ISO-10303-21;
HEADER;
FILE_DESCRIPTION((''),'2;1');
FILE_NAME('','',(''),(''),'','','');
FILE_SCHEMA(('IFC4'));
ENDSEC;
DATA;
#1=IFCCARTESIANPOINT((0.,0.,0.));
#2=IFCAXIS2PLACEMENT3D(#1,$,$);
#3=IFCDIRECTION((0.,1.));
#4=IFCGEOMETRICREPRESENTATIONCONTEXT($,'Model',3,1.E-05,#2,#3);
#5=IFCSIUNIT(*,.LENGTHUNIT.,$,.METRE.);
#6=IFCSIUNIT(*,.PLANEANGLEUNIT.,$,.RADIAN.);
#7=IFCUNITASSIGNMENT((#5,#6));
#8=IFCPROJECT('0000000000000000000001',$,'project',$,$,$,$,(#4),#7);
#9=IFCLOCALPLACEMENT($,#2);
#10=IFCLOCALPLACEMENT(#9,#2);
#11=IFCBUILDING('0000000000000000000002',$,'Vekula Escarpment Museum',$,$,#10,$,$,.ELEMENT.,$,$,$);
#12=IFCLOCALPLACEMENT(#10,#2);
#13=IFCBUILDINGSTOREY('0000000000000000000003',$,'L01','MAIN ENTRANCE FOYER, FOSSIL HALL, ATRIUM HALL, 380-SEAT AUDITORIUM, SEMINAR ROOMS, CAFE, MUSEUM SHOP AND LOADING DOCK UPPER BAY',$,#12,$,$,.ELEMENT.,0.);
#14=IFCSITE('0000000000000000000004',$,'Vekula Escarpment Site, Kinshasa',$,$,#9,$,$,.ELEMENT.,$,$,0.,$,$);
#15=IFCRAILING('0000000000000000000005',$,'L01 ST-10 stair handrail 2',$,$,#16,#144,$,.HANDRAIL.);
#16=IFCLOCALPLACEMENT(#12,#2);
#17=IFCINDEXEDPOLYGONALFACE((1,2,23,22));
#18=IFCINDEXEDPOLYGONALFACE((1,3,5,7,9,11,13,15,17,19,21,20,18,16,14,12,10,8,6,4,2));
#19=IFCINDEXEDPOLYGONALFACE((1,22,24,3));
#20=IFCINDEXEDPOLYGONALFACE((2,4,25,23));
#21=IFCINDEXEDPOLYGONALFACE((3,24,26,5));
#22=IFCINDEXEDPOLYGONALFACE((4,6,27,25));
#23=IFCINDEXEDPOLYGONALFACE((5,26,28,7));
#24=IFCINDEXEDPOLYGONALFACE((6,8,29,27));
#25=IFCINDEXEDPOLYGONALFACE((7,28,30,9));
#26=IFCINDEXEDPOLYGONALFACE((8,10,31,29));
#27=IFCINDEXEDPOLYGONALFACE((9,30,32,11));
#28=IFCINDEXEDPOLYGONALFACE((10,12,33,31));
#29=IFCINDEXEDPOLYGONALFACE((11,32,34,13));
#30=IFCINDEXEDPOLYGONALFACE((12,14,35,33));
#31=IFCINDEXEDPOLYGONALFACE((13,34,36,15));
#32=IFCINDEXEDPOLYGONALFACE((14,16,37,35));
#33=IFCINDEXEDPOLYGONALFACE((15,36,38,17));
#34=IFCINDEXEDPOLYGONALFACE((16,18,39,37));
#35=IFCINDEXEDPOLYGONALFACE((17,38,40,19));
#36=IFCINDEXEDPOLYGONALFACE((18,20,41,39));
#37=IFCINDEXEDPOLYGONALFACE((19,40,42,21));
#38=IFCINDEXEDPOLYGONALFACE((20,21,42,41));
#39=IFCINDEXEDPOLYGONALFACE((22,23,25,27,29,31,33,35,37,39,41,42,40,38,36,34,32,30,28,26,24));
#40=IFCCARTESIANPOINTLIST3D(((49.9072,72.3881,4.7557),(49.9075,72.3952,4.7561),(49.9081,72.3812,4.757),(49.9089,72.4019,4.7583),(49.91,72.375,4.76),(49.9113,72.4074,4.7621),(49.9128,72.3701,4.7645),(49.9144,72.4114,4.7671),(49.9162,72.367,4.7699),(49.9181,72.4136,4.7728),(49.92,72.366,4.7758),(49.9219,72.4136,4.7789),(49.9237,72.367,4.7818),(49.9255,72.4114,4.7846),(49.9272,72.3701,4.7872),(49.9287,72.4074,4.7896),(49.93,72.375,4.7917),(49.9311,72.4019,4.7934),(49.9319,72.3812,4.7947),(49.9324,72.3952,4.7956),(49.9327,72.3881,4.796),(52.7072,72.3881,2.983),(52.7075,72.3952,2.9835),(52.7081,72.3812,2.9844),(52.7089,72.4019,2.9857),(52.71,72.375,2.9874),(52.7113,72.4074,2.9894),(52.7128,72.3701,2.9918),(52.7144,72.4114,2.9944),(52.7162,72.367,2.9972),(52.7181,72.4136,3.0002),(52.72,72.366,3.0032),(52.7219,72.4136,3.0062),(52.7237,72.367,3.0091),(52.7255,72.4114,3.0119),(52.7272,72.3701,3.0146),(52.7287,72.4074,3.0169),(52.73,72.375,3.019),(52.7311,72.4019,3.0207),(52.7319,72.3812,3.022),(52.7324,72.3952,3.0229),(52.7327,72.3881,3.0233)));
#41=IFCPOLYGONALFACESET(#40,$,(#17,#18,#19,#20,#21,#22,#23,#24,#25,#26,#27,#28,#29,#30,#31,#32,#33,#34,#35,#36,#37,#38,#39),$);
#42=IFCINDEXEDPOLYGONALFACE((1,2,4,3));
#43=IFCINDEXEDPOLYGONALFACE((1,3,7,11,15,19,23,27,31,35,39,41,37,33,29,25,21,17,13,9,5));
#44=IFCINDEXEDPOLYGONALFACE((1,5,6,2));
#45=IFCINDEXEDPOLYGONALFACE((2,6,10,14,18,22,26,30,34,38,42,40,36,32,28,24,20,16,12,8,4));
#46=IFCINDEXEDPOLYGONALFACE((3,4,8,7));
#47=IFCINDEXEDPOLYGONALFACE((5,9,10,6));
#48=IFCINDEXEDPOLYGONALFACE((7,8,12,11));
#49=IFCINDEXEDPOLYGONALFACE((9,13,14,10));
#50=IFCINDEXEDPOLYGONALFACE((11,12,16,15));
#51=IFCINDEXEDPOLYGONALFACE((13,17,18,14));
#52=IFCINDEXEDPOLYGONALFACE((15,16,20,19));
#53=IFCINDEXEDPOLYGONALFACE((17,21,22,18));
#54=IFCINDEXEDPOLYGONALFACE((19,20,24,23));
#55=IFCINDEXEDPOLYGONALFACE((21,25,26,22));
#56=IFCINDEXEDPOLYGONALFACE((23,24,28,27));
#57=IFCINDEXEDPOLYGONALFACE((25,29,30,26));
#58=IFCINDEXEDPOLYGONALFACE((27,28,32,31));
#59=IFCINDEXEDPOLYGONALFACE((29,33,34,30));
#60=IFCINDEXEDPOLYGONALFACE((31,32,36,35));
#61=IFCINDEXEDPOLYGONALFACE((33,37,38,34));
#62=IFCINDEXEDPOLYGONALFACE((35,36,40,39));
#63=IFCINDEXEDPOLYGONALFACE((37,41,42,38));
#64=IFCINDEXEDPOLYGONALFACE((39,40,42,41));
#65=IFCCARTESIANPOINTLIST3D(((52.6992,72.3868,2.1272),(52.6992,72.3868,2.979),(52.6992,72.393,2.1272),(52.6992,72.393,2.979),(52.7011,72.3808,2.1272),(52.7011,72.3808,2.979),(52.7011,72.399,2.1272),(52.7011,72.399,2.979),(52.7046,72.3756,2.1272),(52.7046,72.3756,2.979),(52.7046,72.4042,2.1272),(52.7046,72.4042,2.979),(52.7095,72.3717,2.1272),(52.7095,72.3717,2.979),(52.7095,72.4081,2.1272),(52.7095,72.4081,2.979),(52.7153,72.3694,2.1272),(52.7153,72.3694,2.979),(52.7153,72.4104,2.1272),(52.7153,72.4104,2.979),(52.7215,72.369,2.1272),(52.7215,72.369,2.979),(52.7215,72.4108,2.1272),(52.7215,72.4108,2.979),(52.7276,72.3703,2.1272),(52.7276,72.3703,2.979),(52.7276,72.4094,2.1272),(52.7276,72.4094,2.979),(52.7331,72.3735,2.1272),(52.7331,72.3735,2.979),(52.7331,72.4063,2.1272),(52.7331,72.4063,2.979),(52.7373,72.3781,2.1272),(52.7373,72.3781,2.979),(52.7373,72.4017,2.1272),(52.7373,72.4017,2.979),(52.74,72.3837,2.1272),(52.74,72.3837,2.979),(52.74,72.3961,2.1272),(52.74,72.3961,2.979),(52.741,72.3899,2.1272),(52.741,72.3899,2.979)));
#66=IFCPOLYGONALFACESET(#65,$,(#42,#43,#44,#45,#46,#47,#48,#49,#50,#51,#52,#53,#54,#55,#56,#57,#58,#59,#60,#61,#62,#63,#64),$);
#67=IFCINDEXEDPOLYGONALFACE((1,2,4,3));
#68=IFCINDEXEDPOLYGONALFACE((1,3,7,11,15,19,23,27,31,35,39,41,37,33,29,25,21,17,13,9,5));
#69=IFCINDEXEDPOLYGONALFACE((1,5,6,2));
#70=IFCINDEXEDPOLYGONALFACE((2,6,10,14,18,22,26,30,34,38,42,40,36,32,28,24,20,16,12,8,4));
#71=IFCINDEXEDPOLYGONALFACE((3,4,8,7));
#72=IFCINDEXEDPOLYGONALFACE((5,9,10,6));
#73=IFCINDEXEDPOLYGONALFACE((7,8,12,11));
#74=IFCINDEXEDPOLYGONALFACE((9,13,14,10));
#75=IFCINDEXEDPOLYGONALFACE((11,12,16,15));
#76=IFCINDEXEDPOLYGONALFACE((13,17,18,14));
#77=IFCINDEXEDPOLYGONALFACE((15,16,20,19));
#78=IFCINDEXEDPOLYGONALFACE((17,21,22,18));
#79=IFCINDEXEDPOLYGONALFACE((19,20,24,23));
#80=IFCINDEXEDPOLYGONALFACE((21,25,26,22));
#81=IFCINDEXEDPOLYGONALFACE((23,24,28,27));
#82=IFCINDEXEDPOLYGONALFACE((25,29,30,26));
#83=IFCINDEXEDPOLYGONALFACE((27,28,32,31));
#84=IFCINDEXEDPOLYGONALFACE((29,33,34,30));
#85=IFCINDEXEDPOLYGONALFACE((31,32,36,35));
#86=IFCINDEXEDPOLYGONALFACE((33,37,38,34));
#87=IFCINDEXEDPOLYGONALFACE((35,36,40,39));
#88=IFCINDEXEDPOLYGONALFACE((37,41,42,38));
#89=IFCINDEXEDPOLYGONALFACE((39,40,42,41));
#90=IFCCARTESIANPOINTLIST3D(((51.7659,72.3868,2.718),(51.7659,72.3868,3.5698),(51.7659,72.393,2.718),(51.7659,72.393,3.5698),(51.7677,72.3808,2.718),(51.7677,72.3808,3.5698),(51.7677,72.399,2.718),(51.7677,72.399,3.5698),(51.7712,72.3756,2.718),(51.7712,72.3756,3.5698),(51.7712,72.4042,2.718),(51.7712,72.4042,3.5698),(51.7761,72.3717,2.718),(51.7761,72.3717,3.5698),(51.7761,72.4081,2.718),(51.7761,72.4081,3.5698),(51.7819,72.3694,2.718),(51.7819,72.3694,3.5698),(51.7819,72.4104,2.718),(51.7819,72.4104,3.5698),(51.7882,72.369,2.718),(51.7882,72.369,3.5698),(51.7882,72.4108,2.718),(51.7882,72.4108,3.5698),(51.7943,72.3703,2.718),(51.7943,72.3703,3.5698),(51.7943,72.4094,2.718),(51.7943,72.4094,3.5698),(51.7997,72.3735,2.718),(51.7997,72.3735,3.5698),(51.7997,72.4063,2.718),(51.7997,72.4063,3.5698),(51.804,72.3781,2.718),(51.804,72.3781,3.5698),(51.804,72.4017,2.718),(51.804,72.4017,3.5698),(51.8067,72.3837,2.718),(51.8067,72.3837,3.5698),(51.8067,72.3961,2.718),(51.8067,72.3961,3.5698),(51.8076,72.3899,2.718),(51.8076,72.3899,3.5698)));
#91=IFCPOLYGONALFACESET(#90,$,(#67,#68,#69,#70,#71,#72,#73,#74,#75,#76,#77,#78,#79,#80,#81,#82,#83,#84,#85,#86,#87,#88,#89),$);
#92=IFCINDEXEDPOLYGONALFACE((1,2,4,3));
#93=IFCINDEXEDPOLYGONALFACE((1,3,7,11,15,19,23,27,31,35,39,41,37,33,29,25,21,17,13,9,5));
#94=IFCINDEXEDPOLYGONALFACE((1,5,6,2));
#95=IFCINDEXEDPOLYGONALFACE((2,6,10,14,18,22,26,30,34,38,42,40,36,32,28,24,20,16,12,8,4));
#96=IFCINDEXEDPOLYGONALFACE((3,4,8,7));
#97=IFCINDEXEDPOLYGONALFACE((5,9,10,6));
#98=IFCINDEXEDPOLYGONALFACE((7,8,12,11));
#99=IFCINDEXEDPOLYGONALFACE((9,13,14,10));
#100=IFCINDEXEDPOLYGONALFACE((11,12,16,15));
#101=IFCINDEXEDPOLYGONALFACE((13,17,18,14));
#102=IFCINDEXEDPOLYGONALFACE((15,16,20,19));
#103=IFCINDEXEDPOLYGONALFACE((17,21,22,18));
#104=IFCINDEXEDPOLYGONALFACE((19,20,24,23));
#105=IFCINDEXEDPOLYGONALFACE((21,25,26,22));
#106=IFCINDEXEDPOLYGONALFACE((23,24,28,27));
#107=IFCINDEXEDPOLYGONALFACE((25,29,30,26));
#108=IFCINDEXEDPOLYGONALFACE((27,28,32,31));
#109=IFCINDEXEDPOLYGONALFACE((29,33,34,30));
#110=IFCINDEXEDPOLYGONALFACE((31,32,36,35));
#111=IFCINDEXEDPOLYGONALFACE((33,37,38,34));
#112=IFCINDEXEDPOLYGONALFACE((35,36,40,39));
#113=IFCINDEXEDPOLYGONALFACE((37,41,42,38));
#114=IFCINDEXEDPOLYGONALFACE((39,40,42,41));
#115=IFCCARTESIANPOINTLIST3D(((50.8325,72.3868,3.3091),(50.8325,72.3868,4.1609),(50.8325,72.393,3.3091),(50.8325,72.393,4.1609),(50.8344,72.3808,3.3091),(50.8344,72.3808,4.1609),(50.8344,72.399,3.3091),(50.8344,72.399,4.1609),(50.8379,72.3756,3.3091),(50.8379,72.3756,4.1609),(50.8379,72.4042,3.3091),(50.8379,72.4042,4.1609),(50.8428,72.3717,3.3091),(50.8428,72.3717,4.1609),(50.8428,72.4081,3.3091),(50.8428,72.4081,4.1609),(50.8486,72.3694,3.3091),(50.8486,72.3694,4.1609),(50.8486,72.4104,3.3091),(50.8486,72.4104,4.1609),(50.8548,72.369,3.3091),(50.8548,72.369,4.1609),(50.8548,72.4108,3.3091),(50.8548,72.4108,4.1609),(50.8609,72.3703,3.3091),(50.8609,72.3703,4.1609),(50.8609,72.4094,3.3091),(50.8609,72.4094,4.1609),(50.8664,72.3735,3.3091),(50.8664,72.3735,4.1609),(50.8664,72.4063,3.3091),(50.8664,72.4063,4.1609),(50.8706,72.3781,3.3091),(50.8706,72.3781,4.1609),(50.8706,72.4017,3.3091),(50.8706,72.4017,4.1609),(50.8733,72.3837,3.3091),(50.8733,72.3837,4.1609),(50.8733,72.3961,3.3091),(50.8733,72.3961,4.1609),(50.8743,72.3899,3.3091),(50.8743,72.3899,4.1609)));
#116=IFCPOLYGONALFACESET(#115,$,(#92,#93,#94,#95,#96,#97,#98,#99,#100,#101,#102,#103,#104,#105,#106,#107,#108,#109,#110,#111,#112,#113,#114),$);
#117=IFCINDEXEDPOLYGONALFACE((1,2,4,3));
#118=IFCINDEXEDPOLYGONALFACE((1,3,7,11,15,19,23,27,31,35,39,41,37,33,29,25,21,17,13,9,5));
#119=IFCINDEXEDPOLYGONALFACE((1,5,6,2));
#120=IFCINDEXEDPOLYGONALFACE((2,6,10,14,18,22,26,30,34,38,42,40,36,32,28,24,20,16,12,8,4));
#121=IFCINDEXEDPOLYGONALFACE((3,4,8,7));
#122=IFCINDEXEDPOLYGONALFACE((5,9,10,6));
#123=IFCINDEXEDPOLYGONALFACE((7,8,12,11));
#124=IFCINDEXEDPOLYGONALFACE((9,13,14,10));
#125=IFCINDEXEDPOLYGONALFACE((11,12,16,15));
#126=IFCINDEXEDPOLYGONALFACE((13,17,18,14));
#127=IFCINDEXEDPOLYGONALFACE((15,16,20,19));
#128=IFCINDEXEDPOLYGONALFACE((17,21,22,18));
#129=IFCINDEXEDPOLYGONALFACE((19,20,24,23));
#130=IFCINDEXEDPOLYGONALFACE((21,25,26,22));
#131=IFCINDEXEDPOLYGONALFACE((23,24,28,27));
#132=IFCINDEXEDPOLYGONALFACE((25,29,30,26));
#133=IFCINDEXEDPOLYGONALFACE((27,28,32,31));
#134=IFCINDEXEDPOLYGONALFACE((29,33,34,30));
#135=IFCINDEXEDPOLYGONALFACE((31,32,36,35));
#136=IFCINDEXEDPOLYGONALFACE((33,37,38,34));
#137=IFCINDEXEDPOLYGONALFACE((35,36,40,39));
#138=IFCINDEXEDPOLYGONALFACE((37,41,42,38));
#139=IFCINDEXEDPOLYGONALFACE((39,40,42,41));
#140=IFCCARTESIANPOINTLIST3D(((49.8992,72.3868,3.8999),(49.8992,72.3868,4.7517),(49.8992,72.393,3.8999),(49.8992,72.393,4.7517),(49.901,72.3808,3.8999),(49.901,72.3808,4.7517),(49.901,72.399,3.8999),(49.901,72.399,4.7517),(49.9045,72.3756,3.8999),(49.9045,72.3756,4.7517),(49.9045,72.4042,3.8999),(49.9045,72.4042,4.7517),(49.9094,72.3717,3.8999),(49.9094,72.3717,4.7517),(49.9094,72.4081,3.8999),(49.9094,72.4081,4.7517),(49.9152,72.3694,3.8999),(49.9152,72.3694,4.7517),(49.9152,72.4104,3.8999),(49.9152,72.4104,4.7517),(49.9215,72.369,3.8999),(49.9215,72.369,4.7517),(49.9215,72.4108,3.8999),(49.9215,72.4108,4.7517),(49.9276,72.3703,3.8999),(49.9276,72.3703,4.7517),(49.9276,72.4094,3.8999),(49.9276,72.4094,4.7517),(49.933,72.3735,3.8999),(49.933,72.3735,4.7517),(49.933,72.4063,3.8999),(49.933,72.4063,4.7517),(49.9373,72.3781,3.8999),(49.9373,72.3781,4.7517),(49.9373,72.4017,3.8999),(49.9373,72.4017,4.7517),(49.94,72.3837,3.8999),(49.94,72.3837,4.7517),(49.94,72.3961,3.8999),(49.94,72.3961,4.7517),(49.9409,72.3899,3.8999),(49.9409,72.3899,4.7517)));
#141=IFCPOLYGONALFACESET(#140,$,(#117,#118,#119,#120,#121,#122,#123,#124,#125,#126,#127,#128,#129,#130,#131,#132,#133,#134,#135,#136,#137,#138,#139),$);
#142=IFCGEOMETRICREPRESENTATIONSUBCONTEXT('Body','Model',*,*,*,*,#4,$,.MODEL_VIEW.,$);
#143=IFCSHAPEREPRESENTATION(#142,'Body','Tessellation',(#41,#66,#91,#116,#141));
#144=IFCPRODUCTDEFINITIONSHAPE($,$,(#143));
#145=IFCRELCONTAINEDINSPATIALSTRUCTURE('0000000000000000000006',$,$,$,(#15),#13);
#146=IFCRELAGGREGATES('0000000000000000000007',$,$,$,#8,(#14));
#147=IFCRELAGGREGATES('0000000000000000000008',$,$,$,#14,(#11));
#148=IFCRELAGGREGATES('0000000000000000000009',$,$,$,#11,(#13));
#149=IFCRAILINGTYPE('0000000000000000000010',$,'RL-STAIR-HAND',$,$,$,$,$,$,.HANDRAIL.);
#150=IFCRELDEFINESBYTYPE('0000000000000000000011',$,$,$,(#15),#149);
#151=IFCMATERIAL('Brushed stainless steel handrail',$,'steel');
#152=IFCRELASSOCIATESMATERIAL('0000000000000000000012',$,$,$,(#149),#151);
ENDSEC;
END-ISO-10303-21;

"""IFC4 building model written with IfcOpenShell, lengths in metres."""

from ifc_helpers import new_model, si_unit, direction, frame, origin, origin_2d, place, context, subcontext, project, spatial, circle, extrude, material, type_object, element, save


model = new_model("IFC4")

# Units and contexts
model_context = context("Model", 3, precision=1e-05, world=origin(), true_north=direction((0.0, 1.0)))
body_context = subcontext(model_context, "Body", "Model", "MODEL_VIEW")
ifc_project = project(units=[si_unit("LENGTHUNIT", "METRE"), si_unit("PLANEANGLEUNIT", "RADIAN")], contexts=[model_context])

# Site, building, storey
site_placement = place(None, origin())
site = spatial("IfcSite", under=ifc_project, at=site_placement, Name="Vekula Escarpment Site, Kinshasa", CompositionType="ELEMENT", RefElevation=0.0)
building_placement = place(site_placement, origin())
building = spatial("IfcBuilding", under=site, at=building_placement, Name="Vekula Escarpment Museum", CompositionType="ELEMENT")
storey_placement = place(building_placement, origin())
storey = spatial("IfcBuildingStorey", under=building, at=storey_placement, Name="L01", Description="MAIN ENTRANCE FOYER, FOSSIL HALL, ATRIUM HALL, 380-SEAT AUDITORIUM, SEMINAR ROOMS, CAFE, MUSEUM SHOP AND LOADING DOCK UPPER BAY", CompositionType="ELEMENT", Elevation=0.0)

# Railing
ifc_material_1 = material(Name="Brushed stainless steel handrail", Category="steel")
railing_type_1 = type_object("IfcRailingType", Name="RL-STAIR-HAND", PredefinedType="HANDRAIL", material=ifc_material_1)
for number, where, name in (
    (1, (52.72, 72.3899, 2.1272), "L01 ST-10 stair handrail 2"),
):
    element("IfcRailing", number, at=place(storey_placement, frame(where)), inside=storey, type_object=railing_type_1, Name=name, PredefinedType="HANDRAIL", context=body_context, shape_type="SweptSolid", body=[
        extrude(circle(Radius=0.0239, at=origin_2d()), frame((0.0, 0.0, 0.876), z_axis=(-0.844909, 0.0, 0.53491), x_axis=(0.0, -1.0, 0.0)), (0.0, 0.0, 1.0), 3.314),
        extrude(circle(Radius=0.021, at=origin_2d()), origin(), (0.0, 0.0, 1.0), 0.8518),
        extrude(circle(Radius=0.021, at=origin_2d()), frame((-0.9333, 0.0, 0.5908)), (0.0, 0.0, 1.0), 0.8518),
        extrude(circle(Radius=0.021, at=origin_2d()), frame((-1.8667, 0.0, 1.1819)), (0.0, 0.0, 1.0), 0.8518),
        extrude(circle(Radius=0.021, at=origin_2d()), frame((-2.8, 0.0, 1.7727)), (0.0, 0.0, 1.0), 0.8518),
    ])

save(model, "model.ifc")
